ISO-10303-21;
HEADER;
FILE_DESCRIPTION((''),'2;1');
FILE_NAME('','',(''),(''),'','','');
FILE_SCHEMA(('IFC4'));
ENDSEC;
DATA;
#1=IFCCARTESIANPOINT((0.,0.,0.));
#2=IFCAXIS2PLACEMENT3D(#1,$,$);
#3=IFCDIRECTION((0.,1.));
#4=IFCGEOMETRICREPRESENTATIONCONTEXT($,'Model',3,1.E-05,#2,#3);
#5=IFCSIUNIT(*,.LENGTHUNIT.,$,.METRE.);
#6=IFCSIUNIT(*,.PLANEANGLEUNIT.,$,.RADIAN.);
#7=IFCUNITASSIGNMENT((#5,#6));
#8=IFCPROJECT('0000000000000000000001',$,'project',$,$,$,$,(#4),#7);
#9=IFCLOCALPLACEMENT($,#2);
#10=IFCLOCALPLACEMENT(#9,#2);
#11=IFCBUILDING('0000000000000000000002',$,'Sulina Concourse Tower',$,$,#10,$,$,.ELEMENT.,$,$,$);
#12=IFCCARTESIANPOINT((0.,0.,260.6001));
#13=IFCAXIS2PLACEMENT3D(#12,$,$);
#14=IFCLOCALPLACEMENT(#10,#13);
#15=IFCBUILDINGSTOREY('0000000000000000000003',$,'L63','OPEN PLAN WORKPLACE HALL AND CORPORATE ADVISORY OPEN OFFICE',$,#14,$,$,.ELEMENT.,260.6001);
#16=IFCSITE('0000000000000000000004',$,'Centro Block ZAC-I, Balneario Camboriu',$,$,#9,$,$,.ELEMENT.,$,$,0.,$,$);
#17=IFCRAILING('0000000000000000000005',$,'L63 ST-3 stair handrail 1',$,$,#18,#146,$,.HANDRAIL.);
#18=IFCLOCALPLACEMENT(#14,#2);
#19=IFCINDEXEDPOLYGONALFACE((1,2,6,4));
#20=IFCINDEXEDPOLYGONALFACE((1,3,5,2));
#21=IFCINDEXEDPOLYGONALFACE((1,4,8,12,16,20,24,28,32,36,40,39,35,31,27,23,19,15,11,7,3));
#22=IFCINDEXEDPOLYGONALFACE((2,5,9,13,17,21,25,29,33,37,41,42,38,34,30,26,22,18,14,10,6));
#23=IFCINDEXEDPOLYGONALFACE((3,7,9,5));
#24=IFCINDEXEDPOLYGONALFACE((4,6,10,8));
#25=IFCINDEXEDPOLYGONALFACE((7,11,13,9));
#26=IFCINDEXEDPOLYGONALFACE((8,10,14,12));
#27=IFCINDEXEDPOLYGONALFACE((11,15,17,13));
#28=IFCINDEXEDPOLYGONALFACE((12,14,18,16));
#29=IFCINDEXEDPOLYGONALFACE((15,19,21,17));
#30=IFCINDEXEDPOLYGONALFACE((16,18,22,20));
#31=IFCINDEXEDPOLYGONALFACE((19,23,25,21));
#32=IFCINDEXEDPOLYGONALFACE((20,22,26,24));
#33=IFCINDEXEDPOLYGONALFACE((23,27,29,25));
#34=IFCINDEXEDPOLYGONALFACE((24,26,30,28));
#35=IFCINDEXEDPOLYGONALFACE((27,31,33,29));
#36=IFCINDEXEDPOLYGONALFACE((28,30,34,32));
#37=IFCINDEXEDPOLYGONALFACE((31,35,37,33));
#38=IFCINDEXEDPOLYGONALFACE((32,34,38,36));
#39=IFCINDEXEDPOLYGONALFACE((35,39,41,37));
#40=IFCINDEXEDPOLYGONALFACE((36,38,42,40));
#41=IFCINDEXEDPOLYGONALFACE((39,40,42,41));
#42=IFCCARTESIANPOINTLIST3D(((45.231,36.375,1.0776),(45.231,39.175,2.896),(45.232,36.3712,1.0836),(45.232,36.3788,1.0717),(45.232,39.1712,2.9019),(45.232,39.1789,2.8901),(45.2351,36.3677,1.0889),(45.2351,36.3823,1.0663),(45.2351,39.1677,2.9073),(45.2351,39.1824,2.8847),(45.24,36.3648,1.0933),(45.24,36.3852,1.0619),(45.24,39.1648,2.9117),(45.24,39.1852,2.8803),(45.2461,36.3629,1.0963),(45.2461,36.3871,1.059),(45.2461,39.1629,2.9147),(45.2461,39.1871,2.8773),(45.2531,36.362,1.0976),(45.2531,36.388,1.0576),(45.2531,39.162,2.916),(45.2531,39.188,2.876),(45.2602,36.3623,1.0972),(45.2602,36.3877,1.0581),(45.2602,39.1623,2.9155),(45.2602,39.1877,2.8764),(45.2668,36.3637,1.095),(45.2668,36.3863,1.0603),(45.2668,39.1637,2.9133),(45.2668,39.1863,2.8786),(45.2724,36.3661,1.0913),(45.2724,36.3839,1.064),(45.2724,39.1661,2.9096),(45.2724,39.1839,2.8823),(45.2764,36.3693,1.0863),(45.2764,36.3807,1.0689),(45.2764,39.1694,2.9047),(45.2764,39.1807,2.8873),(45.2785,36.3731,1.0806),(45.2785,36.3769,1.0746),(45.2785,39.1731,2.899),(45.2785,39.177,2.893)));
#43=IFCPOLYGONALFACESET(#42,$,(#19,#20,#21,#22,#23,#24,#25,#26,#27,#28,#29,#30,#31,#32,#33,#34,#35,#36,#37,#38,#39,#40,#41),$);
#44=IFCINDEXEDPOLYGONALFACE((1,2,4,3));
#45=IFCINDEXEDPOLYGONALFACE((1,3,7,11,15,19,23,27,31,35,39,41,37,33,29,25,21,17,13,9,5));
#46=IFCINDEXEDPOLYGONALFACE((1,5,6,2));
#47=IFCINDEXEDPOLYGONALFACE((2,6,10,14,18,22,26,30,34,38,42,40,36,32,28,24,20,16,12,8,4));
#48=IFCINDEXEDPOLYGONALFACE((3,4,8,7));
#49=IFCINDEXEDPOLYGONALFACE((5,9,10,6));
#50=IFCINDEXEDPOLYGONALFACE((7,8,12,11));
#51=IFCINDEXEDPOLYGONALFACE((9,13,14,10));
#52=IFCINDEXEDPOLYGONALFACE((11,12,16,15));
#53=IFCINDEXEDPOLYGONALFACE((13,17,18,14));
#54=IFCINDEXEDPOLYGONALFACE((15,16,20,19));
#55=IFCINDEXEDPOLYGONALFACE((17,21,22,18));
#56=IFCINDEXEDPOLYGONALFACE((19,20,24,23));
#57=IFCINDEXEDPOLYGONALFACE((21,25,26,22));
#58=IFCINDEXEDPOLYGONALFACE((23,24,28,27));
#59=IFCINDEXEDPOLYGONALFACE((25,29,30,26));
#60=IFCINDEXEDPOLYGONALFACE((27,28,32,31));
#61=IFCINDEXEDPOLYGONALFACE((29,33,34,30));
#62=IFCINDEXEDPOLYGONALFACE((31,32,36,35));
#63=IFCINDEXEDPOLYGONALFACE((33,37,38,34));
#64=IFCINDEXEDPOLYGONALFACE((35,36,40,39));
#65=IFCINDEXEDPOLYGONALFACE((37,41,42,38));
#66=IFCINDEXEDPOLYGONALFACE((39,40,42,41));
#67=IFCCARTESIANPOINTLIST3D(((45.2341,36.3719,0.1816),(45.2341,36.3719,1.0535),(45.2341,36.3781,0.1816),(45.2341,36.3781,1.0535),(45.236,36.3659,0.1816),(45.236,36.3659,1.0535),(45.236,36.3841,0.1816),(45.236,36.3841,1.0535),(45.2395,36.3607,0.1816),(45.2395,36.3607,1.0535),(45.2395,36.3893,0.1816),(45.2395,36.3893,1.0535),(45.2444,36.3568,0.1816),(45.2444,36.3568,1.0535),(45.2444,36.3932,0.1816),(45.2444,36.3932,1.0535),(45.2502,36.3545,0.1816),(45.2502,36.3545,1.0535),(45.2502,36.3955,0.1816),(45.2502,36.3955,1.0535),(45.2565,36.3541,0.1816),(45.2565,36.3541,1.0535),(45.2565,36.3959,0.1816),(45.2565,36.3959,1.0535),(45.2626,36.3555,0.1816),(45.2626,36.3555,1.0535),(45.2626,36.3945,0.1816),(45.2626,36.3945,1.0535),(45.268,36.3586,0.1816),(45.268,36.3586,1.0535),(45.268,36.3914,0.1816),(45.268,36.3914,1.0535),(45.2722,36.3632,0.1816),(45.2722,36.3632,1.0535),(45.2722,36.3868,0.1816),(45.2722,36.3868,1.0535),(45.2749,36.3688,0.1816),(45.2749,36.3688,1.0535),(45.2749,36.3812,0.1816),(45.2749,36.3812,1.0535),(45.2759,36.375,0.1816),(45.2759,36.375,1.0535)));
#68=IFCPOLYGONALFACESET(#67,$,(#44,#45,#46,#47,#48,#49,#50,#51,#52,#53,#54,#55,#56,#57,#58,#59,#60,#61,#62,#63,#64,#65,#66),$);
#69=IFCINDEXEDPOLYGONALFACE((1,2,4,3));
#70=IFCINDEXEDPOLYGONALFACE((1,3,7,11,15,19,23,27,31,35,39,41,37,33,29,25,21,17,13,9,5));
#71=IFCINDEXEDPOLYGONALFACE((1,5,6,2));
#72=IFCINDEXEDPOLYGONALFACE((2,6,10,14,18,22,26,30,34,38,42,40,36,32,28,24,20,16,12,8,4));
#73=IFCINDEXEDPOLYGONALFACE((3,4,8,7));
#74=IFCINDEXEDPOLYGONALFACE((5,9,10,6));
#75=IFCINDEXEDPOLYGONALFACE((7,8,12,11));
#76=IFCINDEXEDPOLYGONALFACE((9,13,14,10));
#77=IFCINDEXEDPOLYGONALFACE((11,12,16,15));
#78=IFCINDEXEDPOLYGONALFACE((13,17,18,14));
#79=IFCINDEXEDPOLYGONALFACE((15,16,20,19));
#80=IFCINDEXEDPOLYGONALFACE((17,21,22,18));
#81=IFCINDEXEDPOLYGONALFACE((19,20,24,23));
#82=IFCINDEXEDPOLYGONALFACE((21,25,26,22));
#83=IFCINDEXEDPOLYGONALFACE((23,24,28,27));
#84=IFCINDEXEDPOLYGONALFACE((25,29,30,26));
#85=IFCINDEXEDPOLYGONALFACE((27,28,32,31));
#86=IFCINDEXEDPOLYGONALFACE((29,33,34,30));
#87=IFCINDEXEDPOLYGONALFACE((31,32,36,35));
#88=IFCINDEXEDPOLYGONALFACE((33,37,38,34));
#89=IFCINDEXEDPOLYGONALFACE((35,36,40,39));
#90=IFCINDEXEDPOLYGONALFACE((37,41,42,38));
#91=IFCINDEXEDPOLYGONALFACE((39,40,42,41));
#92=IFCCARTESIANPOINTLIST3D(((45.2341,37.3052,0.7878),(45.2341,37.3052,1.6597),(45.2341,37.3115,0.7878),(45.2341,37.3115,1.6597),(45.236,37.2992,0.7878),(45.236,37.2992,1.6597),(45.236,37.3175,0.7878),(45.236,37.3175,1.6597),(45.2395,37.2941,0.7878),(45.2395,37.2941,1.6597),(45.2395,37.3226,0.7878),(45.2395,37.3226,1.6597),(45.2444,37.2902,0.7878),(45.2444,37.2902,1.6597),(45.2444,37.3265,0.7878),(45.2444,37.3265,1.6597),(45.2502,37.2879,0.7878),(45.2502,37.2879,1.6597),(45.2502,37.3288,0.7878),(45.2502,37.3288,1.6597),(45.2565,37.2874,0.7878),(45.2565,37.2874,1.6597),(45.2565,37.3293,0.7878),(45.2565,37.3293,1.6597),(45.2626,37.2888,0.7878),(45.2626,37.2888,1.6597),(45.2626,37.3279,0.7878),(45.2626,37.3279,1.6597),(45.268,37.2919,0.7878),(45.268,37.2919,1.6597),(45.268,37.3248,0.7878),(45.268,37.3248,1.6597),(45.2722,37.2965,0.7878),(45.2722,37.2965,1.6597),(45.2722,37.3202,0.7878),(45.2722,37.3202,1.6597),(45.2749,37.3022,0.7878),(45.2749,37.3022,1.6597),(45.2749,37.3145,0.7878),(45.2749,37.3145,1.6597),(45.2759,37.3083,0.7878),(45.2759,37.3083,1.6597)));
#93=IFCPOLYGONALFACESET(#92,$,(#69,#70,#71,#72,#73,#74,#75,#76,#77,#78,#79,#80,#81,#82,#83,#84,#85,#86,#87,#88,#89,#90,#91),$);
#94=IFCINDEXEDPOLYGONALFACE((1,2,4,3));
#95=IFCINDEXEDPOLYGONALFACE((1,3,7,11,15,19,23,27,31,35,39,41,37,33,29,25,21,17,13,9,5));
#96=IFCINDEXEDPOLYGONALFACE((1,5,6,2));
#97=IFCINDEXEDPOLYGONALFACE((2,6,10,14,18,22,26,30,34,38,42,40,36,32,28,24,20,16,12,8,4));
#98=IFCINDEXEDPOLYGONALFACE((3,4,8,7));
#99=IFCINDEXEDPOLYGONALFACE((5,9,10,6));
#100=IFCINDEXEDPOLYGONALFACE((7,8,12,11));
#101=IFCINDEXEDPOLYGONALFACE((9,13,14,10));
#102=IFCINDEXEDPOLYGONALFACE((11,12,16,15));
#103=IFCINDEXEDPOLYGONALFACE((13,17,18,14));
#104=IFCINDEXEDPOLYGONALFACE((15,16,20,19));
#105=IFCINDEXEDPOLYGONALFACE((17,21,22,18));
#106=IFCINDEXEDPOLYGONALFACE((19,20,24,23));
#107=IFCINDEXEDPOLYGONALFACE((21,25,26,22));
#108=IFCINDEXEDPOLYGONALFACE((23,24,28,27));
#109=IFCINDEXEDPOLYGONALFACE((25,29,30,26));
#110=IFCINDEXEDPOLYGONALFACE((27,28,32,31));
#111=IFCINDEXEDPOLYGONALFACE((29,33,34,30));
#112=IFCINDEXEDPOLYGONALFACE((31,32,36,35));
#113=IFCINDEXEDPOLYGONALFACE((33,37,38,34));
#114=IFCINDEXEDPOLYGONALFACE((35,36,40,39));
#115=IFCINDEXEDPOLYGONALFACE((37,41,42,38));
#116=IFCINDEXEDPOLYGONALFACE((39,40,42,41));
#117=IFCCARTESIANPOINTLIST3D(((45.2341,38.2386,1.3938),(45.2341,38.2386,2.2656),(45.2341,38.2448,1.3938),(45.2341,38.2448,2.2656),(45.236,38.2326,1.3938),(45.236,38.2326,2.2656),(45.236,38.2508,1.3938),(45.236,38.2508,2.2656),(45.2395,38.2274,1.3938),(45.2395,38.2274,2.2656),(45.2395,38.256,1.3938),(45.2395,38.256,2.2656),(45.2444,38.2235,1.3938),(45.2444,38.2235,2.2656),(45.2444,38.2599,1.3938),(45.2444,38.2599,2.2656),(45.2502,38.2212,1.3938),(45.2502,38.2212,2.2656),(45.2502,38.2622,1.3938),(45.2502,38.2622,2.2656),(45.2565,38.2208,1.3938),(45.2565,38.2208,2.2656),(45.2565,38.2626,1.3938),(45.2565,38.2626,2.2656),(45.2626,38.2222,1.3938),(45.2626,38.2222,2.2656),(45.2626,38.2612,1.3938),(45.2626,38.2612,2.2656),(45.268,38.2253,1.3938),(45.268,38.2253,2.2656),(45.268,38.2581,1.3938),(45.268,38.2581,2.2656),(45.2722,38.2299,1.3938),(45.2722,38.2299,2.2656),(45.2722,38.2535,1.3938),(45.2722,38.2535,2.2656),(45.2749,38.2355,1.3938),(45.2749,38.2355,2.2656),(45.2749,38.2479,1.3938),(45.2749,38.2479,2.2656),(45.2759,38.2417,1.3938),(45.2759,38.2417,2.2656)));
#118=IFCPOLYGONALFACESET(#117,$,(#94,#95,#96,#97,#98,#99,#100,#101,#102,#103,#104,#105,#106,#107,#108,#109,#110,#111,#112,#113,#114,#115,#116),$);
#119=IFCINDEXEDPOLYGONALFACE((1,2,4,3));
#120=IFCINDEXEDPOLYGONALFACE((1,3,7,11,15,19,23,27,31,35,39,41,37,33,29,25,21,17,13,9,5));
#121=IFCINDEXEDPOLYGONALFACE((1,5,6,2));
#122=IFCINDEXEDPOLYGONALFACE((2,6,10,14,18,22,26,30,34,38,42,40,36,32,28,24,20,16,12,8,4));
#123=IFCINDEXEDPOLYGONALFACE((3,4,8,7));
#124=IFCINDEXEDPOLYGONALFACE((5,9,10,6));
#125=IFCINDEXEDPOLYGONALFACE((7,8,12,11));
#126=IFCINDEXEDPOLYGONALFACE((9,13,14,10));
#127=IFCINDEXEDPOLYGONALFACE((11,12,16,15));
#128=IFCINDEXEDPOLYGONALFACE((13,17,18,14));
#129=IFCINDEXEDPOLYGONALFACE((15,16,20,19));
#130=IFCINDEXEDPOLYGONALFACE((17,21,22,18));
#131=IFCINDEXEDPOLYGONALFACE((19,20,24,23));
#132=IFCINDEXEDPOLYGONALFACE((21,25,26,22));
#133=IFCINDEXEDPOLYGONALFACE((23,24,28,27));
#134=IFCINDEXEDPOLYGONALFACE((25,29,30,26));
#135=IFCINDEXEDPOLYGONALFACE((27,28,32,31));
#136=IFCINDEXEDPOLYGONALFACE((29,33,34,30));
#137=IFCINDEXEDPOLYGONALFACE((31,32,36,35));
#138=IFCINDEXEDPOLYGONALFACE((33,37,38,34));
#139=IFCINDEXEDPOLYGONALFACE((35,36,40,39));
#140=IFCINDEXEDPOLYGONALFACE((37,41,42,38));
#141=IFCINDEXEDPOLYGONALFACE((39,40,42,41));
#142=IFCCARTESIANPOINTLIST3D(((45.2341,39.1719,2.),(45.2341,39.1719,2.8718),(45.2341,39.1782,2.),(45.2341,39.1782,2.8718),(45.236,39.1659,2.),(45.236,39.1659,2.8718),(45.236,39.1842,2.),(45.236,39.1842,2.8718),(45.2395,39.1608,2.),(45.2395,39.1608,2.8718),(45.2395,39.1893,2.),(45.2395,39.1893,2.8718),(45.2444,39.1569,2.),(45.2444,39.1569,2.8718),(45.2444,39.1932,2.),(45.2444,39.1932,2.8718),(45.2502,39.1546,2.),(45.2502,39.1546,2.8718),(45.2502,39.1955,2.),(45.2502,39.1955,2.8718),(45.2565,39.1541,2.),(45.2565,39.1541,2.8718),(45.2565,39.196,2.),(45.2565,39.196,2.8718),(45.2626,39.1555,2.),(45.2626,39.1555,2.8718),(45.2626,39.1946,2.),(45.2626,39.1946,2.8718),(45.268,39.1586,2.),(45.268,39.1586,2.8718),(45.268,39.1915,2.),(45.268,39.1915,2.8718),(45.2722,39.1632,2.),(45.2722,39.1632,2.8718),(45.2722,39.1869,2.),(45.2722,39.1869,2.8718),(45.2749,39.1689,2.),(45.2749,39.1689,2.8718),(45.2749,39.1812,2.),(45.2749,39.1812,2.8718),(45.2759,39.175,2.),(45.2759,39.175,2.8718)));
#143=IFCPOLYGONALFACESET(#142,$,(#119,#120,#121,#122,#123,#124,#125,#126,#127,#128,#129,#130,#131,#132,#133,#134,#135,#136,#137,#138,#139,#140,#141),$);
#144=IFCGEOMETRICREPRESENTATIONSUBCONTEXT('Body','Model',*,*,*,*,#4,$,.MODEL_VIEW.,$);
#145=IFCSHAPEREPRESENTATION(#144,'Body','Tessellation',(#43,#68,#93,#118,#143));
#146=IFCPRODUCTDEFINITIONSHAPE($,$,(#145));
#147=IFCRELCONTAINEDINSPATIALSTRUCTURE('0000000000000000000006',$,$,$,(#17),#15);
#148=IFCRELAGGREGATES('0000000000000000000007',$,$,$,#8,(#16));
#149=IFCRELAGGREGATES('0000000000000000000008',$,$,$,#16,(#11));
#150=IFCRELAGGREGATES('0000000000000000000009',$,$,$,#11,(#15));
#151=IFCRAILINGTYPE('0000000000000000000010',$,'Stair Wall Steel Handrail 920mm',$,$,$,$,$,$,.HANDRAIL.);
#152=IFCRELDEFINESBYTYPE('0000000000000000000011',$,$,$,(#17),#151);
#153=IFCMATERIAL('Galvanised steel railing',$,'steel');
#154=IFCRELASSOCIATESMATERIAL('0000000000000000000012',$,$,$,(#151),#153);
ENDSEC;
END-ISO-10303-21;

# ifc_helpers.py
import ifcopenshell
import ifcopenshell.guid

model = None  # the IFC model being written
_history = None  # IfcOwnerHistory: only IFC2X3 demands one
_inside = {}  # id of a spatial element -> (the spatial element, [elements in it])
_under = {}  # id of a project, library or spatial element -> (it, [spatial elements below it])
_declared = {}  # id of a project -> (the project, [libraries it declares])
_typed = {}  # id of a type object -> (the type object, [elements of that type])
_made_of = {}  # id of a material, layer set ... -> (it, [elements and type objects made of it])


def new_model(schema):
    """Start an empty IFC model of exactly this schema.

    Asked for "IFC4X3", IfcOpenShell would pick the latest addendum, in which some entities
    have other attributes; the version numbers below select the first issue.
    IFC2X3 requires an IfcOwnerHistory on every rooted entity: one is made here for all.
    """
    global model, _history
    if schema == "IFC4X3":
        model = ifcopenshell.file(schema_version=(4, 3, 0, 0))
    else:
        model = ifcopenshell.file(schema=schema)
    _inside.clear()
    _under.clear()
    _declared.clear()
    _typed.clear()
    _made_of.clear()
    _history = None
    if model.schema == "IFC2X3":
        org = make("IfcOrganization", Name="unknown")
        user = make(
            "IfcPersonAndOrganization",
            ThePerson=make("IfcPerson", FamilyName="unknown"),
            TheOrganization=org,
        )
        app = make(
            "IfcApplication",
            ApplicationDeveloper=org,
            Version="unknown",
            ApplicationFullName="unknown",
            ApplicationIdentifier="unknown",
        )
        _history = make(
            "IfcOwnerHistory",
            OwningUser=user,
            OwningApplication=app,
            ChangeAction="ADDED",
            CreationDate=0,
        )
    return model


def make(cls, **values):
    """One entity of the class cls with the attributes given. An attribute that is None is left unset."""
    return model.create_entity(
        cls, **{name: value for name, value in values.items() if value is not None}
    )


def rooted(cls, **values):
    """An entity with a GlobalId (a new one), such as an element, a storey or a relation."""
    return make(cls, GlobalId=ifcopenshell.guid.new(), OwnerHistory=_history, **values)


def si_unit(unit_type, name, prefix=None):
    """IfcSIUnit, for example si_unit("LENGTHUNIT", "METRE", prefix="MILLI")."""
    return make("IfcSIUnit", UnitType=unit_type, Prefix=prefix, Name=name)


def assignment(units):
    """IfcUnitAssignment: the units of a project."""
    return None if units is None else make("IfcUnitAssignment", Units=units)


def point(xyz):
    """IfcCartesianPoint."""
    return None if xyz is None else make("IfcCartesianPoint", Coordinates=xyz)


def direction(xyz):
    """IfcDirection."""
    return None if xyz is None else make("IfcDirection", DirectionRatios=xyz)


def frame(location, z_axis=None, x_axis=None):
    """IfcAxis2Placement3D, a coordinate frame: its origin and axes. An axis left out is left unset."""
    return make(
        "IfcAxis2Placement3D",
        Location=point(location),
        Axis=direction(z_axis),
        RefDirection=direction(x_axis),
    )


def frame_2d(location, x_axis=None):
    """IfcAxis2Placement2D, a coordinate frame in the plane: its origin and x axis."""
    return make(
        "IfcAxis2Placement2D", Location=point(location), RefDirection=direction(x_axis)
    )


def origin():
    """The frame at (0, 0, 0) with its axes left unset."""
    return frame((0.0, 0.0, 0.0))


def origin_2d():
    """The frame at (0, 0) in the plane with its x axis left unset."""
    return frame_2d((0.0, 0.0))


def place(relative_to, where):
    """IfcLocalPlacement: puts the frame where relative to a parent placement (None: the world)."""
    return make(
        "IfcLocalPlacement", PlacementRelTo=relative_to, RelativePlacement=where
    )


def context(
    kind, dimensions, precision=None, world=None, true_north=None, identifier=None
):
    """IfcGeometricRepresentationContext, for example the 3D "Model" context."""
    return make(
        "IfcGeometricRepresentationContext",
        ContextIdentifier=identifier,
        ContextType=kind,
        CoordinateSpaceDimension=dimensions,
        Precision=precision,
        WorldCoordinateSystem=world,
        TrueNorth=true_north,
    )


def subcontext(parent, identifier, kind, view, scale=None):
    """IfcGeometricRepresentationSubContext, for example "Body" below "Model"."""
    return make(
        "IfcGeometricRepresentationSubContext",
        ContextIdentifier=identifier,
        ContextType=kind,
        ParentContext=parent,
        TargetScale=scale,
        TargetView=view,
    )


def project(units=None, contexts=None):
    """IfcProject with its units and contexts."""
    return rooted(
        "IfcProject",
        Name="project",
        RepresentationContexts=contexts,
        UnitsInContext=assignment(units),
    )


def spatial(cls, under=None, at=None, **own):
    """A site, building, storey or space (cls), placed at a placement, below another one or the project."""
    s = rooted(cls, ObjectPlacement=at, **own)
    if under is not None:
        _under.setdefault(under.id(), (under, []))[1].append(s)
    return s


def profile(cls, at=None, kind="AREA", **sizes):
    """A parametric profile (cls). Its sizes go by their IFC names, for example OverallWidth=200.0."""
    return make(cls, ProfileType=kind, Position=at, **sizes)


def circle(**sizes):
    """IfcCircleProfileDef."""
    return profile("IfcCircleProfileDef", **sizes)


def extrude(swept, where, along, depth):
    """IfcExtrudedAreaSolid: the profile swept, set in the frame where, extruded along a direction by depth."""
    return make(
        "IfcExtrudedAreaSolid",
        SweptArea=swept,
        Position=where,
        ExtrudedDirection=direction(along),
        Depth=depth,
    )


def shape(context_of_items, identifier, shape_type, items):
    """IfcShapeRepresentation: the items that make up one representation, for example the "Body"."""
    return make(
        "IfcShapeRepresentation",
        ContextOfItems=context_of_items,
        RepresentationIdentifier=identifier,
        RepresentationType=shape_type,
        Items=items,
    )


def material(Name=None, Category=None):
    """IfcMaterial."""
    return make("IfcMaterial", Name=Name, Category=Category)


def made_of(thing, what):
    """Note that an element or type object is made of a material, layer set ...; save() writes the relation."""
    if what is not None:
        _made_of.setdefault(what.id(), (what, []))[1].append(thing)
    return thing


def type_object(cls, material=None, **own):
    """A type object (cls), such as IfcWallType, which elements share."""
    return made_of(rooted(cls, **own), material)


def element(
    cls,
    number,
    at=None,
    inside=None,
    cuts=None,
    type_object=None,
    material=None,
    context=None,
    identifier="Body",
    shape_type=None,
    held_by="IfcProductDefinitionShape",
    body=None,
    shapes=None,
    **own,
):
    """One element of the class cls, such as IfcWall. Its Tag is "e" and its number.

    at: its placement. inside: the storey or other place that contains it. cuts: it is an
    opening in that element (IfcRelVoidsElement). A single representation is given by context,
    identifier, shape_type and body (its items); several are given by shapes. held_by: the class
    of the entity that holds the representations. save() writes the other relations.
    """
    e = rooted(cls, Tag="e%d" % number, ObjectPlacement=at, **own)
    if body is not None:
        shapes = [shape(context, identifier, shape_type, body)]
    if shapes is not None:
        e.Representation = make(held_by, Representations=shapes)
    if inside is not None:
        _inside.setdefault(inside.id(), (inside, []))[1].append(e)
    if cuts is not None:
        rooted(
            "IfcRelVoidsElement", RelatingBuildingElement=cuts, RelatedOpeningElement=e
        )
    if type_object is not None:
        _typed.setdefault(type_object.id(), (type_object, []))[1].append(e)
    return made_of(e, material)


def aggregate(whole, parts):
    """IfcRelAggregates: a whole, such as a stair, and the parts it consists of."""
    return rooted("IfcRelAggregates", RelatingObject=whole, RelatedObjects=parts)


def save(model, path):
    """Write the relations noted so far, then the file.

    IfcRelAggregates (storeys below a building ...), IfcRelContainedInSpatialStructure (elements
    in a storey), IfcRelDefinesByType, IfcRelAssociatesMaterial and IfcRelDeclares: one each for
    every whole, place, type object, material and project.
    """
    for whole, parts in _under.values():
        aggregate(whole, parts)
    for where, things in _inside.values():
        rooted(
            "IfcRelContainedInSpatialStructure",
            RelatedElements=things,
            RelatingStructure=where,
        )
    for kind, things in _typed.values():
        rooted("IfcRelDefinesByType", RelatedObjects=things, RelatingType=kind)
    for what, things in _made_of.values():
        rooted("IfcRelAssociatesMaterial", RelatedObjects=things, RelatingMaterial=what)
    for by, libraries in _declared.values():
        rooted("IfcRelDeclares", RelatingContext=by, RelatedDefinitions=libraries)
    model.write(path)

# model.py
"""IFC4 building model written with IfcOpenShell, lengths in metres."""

from ifc_helpers import new_model, si_unit, direction, frame, origin, origin_2d, place, context, subcontext, project, spatial, circle, extrude, material, type_object, element, save


model = new_model("IFC4")

# Units and contexts
model_context = context("Model", 3, precision=1e-05, world=origin(), true_north=direction((0.0, 1.0)))
body_context = subcontext(model_context, "Body", "Model", "MODEL_VIEW")
ifc_project = project(units=[si_unit("LENGTHUNIT", "METRE"), si_unit("PLANEANGLEUNIT", "RADIAN")], contexts=[model_context])

# Site, building, storey
site_placement = place(None, origin())
site = spatial("IfcSite", under=ifc_project, at=site_placement, Name="Centro Block ZAC-I, Balneario Camboriu", CompositionType="ELEMENT", RefElevation=0.0)
building_placement = place(site_placement, origin())
building = spatial("IfcBuilding", under=site, at=building_placement, Name="Sulina Concourse Tower", CompositionType="ELEMENT")
storey_placement = place(building_placement, frame((0.0, 0.0, 260.6001)))
storey = spatial("IfcBuildingStorey", under=building, at=storey_placement, Name="L63", Description="OPEN PLAN WORKPLACE HALL AND CORPORATE ADVISORY OPEN OFFICE", CompositionType="ELEMENT", Elevation=260.6001)

# Railing
ifc_material_1 = material(Name="Galvanised steel railing", Category="steel")
railing_type_1 = type_object("IfcRailingType", Name="Stair Wall Steel Handrail 920mm", PredefinedType="HANDRAIL", material=ifc_material_1)
railing_1_placement = place(storey_placement, frame((45.2549, 36.375, 0.1816)))
element("IfcRailing", 1, at=railing_1_placement, inside=storey, type_object=railing_type_1, Name="L63 ST-3 stair handrail 1", PredefinedType="HANDRAIL", context=body_context, shape_type="SweptSolid", body=[
    extrude(circle(Radius=0.0239, at=origin_2d()), frame((0.0, 0.0, 0.896), z_axis=(0.0, 0.838672, 0.544636), x_axis=(-1.0, 0.0, 0.0)), (0.0, 0.0, 1.0), 3.3386),
    extrude(circle(Radius=0.021, at=origin_2d()), origin(), (0.0, 0.0, 1.0), 0.8718),
    extrude(circle(Radius=0.021, at=origin_2d()), frame((0.0, 0.9333, 0.6062)), (0.0, 0.0, 1.0), 0.8718),
    extrude(circle(Radius=0.021, at=origin_2d()), frame((0.0, 1.8667, 1.2122)), (0.0, 0.0, 1.0), 0.8718),
    extrude(circle(Radius=0.021, at=origin_2d()), frame((0.0, 2.8, 1.8184)), (0.0, 0.0, 1.0), 0.8718),
])

save(model, "model.ifc")
